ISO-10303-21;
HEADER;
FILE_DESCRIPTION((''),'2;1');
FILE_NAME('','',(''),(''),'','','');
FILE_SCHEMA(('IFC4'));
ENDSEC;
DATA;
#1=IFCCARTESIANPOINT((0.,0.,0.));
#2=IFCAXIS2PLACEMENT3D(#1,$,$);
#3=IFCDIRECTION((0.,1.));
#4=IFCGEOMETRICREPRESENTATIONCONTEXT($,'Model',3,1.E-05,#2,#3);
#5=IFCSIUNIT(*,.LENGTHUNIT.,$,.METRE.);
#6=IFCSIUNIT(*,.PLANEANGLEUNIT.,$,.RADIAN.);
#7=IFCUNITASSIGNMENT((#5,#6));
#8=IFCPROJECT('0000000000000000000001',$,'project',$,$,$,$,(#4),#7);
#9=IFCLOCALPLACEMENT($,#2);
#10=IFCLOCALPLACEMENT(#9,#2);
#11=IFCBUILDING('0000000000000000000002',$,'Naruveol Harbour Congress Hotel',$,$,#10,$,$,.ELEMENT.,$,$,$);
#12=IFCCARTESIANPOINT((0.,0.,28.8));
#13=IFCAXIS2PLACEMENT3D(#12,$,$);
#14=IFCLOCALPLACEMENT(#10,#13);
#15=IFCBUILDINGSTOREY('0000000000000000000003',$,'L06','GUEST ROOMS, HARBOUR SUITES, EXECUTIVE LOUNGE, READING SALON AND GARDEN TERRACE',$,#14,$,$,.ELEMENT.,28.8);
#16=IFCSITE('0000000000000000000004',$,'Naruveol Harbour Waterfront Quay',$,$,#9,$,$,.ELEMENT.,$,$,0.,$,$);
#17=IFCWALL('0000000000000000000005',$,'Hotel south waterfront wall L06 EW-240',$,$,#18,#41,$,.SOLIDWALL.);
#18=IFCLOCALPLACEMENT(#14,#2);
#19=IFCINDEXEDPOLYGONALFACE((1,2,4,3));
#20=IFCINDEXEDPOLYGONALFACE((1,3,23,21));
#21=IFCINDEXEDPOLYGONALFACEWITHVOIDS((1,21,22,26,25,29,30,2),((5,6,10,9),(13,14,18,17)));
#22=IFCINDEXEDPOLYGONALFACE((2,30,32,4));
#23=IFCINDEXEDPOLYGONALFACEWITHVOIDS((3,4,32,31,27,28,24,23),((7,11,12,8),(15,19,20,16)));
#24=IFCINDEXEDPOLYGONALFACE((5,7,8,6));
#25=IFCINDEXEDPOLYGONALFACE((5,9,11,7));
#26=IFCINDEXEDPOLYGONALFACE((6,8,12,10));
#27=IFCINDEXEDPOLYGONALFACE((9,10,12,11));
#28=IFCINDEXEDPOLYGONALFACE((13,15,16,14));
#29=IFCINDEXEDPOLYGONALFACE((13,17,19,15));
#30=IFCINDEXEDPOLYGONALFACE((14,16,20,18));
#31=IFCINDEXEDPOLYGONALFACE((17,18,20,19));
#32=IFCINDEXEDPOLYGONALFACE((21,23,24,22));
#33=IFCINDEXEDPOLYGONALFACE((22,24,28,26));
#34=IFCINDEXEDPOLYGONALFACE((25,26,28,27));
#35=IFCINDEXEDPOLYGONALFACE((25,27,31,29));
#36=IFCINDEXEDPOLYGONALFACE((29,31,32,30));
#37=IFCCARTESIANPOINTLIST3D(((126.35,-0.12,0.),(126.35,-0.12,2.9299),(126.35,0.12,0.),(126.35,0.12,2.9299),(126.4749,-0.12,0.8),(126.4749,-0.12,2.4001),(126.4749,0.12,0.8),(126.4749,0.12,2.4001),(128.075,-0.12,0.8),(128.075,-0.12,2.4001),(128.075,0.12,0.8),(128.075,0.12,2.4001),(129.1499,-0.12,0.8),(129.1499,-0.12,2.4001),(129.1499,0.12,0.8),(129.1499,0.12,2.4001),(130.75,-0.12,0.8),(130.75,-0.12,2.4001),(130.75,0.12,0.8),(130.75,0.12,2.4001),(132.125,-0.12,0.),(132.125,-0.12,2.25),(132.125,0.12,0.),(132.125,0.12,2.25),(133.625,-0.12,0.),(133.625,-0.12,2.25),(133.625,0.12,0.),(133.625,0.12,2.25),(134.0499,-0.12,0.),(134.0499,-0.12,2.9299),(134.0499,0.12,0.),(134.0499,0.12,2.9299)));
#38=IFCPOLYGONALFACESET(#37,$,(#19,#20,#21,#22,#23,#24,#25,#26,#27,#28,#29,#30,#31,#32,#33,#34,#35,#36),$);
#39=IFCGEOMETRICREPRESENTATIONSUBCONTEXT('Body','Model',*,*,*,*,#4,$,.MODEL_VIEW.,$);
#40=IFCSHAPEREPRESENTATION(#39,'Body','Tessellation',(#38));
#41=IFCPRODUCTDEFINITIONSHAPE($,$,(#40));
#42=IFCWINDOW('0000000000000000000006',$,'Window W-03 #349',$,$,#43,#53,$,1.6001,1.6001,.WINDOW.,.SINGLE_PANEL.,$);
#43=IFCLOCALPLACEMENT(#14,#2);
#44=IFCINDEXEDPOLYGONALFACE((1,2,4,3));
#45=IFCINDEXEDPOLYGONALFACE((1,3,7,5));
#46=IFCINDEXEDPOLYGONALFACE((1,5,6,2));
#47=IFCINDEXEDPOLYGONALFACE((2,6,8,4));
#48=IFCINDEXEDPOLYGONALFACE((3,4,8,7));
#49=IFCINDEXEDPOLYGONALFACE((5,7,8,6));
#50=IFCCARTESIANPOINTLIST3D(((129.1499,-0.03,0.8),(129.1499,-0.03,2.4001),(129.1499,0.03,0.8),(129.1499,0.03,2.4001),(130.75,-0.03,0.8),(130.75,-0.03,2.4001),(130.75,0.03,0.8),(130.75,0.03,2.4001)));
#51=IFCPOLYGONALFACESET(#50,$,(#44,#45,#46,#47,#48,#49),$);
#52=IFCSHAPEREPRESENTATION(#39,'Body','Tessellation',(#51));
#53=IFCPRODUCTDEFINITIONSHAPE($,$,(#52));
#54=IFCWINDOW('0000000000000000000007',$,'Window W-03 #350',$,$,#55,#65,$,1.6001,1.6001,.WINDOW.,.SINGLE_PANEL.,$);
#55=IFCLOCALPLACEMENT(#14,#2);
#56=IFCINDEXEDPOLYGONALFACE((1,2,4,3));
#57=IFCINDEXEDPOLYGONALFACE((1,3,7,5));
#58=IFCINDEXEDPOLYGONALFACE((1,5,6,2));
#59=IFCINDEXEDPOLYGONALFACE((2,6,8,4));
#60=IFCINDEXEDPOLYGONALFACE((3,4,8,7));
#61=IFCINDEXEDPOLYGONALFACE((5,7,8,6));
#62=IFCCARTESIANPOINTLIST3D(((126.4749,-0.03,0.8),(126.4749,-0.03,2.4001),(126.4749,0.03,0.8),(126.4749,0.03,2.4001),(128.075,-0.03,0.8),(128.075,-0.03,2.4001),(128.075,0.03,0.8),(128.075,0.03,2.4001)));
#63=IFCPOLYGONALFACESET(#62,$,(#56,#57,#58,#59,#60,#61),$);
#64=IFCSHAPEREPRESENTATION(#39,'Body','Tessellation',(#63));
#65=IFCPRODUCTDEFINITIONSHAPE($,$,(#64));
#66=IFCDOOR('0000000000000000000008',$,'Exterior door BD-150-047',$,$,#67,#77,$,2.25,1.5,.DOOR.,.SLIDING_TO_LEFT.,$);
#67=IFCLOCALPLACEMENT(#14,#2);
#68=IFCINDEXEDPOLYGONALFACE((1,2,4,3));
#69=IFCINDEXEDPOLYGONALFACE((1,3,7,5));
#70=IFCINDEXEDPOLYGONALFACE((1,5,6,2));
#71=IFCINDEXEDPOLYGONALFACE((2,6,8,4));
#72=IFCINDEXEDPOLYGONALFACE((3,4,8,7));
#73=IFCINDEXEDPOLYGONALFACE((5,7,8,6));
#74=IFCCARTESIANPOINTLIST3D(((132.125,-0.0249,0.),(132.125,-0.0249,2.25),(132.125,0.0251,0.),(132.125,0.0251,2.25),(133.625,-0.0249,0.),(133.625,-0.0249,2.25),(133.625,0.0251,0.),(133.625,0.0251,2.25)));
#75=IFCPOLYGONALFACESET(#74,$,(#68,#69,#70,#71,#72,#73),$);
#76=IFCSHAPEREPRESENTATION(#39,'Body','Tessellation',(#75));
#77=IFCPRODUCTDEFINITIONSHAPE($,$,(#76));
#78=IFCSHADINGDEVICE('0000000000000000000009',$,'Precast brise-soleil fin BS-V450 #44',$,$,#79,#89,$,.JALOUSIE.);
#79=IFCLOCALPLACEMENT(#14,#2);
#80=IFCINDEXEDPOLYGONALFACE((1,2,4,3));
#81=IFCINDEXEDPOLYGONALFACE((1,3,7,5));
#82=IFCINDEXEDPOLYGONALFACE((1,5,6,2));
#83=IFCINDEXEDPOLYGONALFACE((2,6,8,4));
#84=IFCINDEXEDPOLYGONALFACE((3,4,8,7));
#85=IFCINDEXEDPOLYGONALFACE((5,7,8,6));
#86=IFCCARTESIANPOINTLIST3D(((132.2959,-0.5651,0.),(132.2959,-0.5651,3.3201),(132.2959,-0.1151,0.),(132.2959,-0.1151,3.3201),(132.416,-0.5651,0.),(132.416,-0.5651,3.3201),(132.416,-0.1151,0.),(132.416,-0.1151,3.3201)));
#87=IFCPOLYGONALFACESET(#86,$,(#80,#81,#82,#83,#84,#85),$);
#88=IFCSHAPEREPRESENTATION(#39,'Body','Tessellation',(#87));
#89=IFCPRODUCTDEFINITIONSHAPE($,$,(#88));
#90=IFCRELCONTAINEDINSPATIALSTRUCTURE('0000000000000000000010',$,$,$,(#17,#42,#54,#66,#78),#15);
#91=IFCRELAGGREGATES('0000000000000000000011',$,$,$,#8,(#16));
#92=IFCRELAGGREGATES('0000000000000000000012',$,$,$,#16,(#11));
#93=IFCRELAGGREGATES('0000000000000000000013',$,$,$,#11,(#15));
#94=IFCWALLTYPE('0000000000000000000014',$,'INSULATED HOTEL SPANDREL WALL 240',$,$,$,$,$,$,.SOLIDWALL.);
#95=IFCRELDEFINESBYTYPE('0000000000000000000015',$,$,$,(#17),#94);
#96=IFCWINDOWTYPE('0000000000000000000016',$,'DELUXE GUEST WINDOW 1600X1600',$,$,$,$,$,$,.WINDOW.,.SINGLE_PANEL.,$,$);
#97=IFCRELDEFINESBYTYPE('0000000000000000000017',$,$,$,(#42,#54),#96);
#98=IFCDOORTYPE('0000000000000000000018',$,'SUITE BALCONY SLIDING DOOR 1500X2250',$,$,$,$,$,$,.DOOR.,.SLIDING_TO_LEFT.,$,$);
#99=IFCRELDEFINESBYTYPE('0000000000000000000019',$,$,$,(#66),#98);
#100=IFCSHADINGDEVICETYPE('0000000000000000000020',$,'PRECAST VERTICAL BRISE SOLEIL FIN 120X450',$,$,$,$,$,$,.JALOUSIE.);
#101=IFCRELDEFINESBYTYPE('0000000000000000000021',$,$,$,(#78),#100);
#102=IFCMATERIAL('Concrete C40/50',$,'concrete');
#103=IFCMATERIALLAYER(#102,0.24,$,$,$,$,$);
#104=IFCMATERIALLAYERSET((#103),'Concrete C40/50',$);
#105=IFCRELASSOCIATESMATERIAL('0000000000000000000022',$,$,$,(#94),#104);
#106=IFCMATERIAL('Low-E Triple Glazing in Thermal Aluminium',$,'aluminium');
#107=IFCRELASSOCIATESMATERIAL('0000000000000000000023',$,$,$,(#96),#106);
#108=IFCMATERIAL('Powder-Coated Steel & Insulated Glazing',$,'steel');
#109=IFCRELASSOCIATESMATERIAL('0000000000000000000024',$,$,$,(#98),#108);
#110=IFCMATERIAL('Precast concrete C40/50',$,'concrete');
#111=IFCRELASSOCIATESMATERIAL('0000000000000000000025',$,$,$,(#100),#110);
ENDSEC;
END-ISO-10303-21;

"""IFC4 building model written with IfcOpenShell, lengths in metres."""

from ifc_helpers import new_model, si_unit, direction, frame, frame_2d, origin, origin_2d, place, context, subcontext, project, spatial, rectangle, extrude, material, layer, layer_set, type_object, element, fill, save


model = new_model("IFC4")

# Units and contexts
model_context = context("Model", 3, precision=1e-05, world=origin(), true_north=direction((0.0, 1.0)))
body_context = subcontext(model_context, "Body", "Model", "MODEL_VIEW")
ifc_project = project(units=[si_unit("LENGTHUNIT", "METRE"), si_unit("PLANEANGLEUNIT", "RADIAN")], contexts=[model_context])

# Site, building, storey
site_placement = place(None, origin())
site = spatial("IfcSite", under=ifc_project, at=site_placement, Name="Naruveol Harbour Waterfront Quay", CompositionType="ELEMENT", RefElevation=0.0)
building_placement = place(site_placement, origin())
building = spatial("IfcBuilding", under=site, at=building_placement, Name="Naruveol Harbour Congress Hotel", CompositionType="ELEMENT")
storey_placement = place(building_placement, frame((0.0, 0.0, 28.8)))
storey = spatial("IfcBuildingStorey", under=building, at=storey_placement, Name="L06", Description="GUEST ROOMS, HARBOUR SUITES, EXECUTIVE LOUNGE, READING SALON AND GARDEN TERRACE", CompositionType="ELEMENT", Elevation=28.8)

# Wall, openings, windows, door
ifc_material_1 = material(Name="Concrete C40/50", Category="concrete")
ifc_layer_1 = layer(ifc_material_1, 0.24)
ifc_layer_set_1 = layer_set([ifc_layer_1], Name="Concrete C40/50")
wall_type_1 = type_object("IfcWallType", Name="INSULATED HOTEL SPANDREL WALL 240", PredefinedType="SOLIDWALL", material=ifc_layer_set_1)
wall_1_placement = place(storey_placement, frame((134.05, 0.0, 0.0), z_axis=(0.0, 0.0, 1.0), x_axis=(-1.0, 0.0, 0.0)))
wall_1 = element("IfcWall", 1, at=wall_1_placement, inside=storey, type_object=wall_type_1, Name="Hotel south waterfront wall L06 EW-240", PredefinedType="SOLIDWALL", context=body_context, shape_type="SweptSolid", body=[
    extrude(rectangle(XDim=7.7, YDim=0.24, at=frame_2d((3.8501, 0.0))), origin(), (0.0, 0.0, 1.0), 2.9299),
])
opening_1_placement = place(wall_1_placement, frame((0.425, 0.0, 0.0)))
opening_1 = element("IfcOpeningElement", 2, at=opening_1_placement, cuts=wall_1, PredefinedType="OPENING", context=body_context, shape_type="SweptSolid", body=[
    extrude(rectangle(XDim=1.5, YDim=2.25, at=frame_2d((0.75, 1.125))), frame((0.0, 0.1299, 0.0), z_axis=(0.0, -1.0, 0.0), x_axis=(1.0, 0.0, 0.0)), (0.0, 0.0, 1.0), 0.26),
])
opening_2_placement = place(wall_1_placement, frame((3.3, 0.0, 0.8)))
opening_2 = element("IfcOpeningElement", 3, at=opening_2_placement, cuts=wall_1, PredefinedType="OPENING", context=body_context, shape_type="SweptSolid", body=[
    extrude(rectangle(XDim=1.6001, YDim=1.6001, at=frame_2d((0.8, 0.8))), frame((0.0, 0.1299, 0.0), z_axis=(0.0, -1.0, 0.0), x_axis=(1.0, 0.0, 0.0)), (0.0, 0.0, 1.0), 0.26),
])
opening_3_placement = place(wall_1_placement, frame((5.9751, 0.0, 0.8)))
opening_3 = element("IfcOpeningElement", 4, at=opening_3_placement, cuts=wall_1, PredefinedType="OPENING", context=body_context, shape_type="SweptSolid", body=[
    extrude(rectangle(XDim=1.6001, YDim=1.6001, at=frame_2d((0.8, 0.8))), frame((0.0, 0.1299, 0.0), z_axis=(0.0, -1.0, 0.0), x_axis=(1.0, 0.0, 0.0)), (0.0, 0.0, 1.0), 0.26),
])
ifc_material_2 = material(Name="Low-E Triple Glazing in Thermal Aluminium", Category="aluminium")
window_type = type_object("IfcWindowType", Name="DELUXE GUEST WINDOW 1600X1600", PartitioningType="SINGLE_PANEL", PredefinedType="WINDOW", material=ifc_material_2)
window_1_placement = place(opening_2_placement, origin())
window_1 = element("IfcWindow", 5, at=window_1_placement, inside=storey, type_object=window_type, Name="Window W-03 #349", OverallHeight=1.6001, OverallWidth=1.6001, PartitioningType="SINGLE_PANEL", PredefinedType="WINDOW", context=body_context, shape_type="SweptSolid", body=[
    extrude(rectangle(XDim=1.6001, YDim=1.6001, at=frame_2d((0.8, 0.8))), frame((0.0, 0.03, 0.0), z_axis=(0.0, -1.0, 0.0), x_axis=(1.0, 0.0, 0.0)), (0.0, 0.0, 1.0), 0.0601),
])
fill(opening_2, window_1)
window_2_placement = place(opening_3_placement, origin())
window_2 = element("IfcWindow", 6, at=window_2_placement, inside=storey, type_object=window_type, Name="Window W-03 #350", OverallHeight=1.6001, OverallWidth=1.6001, PartitioningType="SINGLE_PANEL", PredefinedType="WINDOW", context=body_context, shape_type="SweptSolid", body=[
    extrude(rectangle(XDim=1.6001, YDim=1.6001, at=frame_2d((0.8, 0.8))), frame((0.0, 0.03, 0.0), z_axis=(0.0, -1.0, 0.0), x_axis=(1.0, 0.0, 0.0)), (0.0, 0.0, 1.0), 0.0601),
])
fill(opening_3, window_2)
ifc_material_3 = material(Name="Powder-Coated Steel & Insulated Glazing", Category="steel")
door_type_1 = type_object("IfcDoorType", Name="SUITE BALCONY SLIDING DOOR 1500X2250", OperationType="SLIDING_TO_LEFT", PredefinedType="DOOR", material=ifc_material_3)
door_1_placement = place(opening_1_placement, origin())
door_1 = element("IfcDoor", 7, at=door_1_placement, inside=storey, type_object=door_type_1, Name="Exterior door BD-150-047", OperationType="SLIDING_TO_LEFT", OverallHeight=2.25, OverallWidth=1.5, PredefinedType="DOOR", context=body_context, shape_type="SweptSolid", body=[
    extrude(rectangle(XDim=1.5, YDim=2.25, at=frame_2d((0.75, 1.125))), frame((0.0, 0.0249, 0.0), z_axis=(0.0, -1.0, 0.0), x_axis=(1.0, 0.0, 0.0)), (0.0, 0.0, 1.0), 0.05),
])
fill(opening_1, door_1)

# Shading device
ifc_material_4 = material(Name="Precast concrete C40/50", Category="concrete")
shading_device_type = type_object("IfcShadingDeviceType", Name="PRECAST VERTICAL BRISE SOLEIL FIN 120X450", PredefinedType="JALOUSIE", material=ifc_material_4)
shading_device_placement = place(storey_placement, frame((132.356, -0.3401, 0.0), z_axis=(0.0, 0.0, 1.0), x_axis=(-1.0, 0.0, 0.0)))
element("IfcShadingDevice", 8, at=shading_device_placement, inside=storey, type_object=shading_device_type, Name="Precast brise-soleil fin BS-V450 #44", PredefinedType="JALOUSIE", context=body_context, shape_type="SweptSolid", body=[
    extrude(rectangle(XDim=0.1201, YDim=0.45, at=origin_2d()), origin(), (0.0, 0.0, 1.0), 3.3201),
])

save(model, "model.ifc")
